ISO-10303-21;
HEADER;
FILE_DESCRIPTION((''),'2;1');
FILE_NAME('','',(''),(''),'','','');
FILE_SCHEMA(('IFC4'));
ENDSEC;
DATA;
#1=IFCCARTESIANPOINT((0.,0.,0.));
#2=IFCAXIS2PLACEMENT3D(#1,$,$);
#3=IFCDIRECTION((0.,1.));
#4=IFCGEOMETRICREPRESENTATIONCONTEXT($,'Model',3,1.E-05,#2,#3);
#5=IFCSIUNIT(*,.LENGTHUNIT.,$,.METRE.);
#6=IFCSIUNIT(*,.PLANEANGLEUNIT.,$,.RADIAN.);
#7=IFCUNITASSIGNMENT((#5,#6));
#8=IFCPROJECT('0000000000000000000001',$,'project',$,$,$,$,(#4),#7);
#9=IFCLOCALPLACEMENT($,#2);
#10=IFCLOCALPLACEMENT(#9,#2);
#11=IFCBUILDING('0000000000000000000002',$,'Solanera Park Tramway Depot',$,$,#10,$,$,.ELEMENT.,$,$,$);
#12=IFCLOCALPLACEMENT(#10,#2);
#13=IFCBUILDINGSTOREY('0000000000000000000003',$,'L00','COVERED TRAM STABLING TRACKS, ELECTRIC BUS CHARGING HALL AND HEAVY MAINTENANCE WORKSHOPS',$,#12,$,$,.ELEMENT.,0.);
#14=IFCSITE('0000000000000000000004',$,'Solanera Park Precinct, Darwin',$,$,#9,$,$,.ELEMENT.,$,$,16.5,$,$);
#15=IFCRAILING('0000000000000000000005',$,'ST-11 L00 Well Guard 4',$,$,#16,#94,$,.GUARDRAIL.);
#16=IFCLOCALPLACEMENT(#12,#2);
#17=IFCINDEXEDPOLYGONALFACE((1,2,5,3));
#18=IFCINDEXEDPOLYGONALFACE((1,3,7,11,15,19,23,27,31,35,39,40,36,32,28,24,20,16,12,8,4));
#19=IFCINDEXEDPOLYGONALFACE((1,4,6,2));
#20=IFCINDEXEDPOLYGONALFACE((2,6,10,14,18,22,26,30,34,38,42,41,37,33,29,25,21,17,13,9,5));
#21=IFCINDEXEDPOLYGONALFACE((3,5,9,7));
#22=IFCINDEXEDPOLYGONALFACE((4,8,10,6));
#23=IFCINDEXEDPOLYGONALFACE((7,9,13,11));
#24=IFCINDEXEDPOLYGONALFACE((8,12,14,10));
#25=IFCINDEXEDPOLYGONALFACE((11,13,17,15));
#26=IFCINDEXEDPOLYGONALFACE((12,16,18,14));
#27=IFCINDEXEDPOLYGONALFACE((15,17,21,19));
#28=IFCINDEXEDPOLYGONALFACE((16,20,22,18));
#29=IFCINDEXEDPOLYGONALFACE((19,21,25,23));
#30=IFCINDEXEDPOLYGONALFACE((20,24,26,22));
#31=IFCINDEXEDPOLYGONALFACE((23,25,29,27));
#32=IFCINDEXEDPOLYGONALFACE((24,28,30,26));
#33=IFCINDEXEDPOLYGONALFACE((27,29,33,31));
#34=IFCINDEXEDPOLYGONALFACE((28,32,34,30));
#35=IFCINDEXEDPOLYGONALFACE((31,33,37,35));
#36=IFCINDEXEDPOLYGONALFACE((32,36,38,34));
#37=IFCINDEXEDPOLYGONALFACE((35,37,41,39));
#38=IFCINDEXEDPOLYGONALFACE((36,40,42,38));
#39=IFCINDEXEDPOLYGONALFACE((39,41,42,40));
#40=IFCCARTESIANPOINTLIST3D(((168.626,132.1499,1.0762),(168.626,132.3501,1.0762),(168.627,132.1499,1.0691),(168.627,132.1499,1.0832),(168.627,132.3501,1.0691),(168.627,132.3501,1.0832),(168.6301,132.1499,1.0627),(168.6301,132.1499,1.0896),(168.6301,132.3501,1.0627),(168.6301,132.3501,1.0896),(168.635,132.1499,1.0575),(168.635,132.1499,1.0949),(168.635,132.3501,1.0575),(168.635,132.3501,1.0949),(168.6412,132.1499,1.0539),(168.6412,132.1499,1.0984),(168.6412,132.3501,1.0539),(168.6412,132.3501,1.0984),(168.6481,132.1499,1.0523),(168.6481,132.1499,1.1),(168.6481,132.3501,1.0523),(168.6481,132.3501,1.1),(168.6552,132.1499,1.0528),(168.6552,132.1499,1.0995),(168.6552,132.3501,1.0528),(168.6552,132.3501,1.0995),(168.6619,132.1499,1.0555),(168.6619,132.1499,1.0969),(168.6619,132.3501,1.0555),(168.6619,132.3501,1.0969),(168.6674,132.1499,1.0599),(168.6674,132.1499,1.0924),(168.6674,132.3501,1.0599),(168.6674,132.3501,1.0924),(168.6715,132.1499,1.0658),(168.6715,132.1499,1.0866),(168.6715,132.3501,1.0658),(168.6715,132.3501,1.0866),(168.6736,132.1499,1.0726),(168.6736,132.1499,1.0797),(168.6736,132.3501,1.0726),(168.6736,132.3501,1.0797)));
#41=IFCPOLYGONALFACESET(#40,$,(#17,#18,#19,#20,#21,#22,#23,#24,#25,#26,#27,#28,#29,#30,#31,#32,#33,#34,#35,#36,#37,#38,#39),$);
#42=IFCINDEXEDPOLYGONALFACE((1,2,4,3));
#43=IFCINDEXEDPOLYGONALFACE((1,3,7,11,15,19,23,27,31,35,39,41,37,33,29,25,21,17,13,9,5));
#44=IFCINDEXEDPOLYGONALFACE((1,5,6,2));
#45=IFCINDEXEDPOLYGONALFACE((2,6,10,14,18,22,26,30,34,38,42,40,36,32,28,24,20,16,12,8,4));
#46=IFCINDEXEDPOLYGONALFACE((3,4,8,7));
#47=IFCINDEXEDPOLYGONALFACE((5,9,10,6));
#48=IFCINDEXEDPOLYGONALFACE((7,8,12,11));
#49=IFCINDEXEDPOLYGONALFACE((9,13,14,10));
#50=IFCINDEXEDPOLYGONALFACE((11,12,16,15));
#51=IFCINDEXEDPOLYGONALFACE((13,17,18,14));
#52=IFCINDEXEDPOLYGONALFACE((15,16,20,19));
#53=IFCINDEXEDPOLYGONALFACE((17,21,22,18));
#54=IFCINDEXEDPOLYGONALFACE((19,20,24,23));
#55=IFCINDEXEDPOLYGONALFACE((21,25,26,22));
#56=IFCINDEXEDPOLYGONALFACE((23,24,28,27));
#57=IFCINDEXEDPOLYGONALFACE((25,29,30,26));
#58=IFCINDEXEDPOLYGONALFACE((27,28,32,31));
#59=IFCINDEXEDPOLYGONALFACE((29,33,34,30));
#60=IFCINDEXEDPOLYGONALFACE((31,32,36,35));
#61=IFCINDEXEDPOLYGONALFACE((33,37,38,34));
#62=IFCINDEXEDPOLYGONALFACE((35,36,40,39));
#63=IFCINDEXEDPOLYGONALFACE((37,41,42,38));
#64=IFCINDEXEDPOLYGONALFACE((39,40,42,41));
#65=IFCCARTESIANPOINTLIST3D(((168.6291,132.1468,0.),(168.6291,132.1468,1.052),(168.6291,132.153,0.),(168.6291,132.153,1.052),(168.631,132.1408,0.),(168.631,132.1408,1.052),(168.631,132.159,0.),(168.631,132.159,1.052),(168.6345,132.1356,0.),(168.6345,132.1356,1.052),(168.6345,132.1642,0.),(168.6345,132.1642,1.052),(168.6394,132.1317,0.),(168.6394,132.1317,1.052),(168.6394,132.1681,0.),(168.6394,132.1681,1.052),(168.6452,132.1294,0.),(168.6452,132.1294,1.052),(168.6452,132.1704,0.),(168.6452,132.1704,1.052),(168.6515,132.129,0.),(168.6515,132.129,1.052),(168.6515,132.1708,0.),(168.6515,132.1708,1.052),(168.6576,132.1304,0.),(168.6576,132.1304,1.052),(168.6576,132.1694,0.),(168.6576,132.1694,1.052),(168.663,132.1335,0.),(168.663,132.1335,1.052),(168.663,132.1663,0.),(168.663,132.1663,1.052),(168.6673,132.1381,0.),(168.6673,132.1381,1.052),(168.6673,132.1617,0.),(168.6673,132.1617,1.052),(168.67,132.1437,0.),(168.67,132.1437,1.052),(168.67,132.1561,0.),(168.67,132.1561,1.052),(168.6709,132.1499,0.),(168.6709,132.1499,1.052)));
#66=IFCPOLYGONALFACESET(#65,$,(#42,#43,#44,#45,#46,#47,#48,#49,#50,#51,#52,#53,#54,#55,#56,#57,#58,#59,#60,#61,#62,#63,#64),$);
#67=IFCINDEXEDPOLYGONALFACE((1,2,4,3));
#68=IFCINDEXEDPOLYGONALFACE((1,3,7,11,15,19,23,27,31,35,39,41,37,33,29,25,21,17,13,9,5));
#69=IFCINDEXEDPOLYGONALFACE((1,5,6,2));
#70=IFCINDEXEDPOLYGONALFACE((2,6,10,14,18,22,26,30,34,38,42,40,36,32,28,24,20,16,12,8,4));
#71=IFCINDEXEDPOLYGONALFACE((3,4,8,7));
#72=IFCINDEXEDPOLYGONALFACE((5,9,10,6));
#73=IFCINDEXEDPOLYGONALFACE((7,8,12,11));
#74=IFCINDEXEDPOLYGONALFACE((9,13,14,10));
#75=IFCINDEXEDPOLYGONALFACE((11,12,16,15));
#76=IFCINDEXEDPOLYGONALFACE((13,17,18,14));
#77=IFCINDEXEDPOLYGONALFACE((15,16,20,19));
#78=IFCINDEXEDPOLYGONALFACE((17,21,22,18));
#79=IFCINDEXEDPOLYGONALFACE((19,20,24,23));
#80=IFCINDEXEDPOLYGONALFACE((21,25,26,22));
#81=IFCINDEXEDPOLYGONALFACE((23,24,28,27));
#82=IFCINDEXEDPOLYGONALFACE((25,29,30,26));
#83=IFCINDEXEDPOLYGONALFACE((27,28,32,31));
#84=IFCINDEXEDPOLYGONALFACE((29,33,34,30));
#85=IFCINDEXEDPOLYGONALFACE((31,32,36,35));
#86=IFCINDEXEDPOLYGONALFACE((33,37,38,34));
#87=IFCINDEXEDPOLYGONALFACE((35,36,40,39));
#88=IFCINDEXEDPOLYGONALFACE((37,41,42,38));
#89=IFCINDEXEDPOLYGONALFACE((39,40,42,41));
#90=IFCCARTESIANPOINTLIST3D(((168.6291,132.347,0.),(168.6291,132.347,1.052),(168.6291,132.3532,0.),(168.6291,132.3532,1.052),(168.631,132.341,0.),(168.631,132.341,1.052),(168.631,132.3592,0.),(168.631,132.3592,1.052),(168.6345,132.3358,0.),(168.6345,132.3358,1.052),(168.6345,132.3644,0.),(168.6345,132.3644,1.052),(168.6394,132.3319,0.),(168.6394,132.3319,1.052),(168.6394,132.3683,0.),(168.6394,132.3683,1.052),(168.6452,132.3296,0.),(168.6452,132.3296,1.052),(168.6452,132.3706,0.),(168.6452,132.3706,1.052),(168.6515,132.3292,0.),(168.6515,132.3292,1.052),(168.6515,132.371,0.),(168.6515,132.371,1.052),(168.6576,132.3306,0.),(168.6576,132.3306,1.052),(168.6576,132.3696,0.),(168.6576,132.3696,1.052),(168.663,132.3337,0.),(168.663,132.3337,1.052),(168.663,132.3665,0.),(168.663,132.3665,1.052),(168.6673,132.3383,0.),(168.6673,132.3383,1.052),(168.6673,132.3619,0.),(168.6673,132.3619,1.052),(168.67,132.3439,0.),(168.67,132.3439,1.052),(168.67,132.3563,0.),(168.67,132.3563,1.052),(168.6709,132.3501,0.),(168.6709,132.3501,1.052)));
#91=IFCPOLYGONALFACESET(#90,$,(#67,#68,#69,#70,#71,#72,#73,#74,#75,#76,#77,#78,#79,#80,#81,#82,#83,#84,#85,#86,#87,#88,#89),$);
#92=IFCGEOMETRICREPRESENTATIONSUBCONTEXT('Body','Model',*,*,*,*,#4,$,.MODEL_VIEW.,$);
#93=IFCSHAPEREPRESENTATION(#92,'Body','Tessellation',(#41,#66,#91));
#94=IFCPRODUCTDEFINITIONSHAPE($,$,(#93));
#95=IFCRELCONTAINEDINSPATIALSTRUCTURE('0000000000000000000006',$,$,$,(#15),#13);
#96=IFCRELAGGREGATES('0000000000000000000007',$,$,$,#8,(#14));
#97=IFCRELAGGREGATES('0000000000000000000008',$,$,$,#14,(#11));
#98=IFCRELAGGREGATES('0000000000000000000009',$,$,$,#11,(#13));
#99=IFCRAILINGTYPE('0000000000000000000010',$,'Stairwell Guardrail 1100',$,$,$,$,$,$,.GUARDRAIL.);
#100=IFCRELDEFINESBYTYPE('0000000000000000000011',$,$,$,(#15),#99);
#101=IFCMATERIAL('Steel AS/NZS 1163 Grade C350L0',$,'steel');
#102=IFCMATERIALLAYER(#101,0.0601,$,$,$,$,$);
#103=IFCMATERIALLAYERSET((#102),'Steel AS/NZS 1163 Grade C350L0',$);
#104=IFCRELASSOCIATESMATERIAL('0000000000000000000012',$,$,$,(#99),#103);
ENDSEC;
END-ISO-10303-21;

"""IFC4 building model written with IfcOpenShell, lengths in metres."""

from ifc_helpers import new_model, si_unit, direction, frame, origin, origin_2d, place, context, subcontext, project, spatial, circle, extrude, material, layer, layer_set, type_object, element, save


model = new_model("IFC4")

# Units and contexts
model_context = context("Model", 3, precision=1e-05, world=origin(), true_north=direction((0.0, 1.0)))
body_context = subcontext(model_context, "Body", "Model", "MODEL_VIEW")
ifc_project = project(units=[si_unit("LENGTHUNIT", "METRE"), si_unit("PLANEANGLEUNIT", "RADIAN")], contexts=[model_context])

# Site, building, storey
site_placement = place(None, origin())
site = spatial("IfcSite", under=ifc_project, at=site_placement, Name="Solanera Park Precinct, Darwin", CompositionType="ELEMENT", RefElevation=16.5)
building_placement = place(site_placement, origin())
building = spatial("IfcBuilding", under=site, at=building_placement, Name="Solanera Park Tramway Depot", CompositionType="ELEMENT")
storey_placement = place(building_placement, origin())
storey = spatial("IfcBuildingStorey", under=building, at=storey_placement, Name="L00", Description="COVERED TRAM STABLING TRACKS, ELECTRIC BUS CHARGING HALL AND HEAVY MAINTENANCE WORKSHOPS", CompositionType="ELEMENT", Elevation=0.0)

# Railing
ifc_material_1 = material(Name="Steel AS/NZS 1163 Grade C350L0", Category="steel")
ifc_layer_1 = layer(ifc_material_1, 0.0601)
ifc_layer_set_1 = layer_set([ifc_layer_1], Name="Steel AS/NZS 1163 Grade C350L0")
railing_type_1 = type_object("IfcRailingType", Name="Stairwell Guardrail 1100", PredefinedType="GUARDRAIL", material=ifc_layer_set_1)
railing_1_placement = place(storey_placement, frame((168.6499, 132.1499, 0.0)))
element("IfcRailing", 1, at=railing_1_placement, inside=storey, type_object=railing_type_1, Name="ST-11 L00 Well Guard 4", PredefinedType="GUARDRAIL", context=body_context, shape_type="SweptSolid", body=[
    extrude(circle(Radius=0.0239, at=origin_2d()), frame((0.0, 0.0, 1.0762), z_axis=(0.0, 1.0, 0.0), x_axis=(-1.0, 0.0, 0.0)), (0.0, 0.0, 1.0), 0.2002),
    extrude(circle(Radius=0.021, at=origin_2d()), origin(), (0.0, 0.0, 1.0), 1.052),
    extrude(circle(Radius=0.021, at=origin_2d()), frame((0.0, 0.2002, 0.0)), (0.0, 0.0, 1.0), 1.052),
])

save(model, "model.ifc")
